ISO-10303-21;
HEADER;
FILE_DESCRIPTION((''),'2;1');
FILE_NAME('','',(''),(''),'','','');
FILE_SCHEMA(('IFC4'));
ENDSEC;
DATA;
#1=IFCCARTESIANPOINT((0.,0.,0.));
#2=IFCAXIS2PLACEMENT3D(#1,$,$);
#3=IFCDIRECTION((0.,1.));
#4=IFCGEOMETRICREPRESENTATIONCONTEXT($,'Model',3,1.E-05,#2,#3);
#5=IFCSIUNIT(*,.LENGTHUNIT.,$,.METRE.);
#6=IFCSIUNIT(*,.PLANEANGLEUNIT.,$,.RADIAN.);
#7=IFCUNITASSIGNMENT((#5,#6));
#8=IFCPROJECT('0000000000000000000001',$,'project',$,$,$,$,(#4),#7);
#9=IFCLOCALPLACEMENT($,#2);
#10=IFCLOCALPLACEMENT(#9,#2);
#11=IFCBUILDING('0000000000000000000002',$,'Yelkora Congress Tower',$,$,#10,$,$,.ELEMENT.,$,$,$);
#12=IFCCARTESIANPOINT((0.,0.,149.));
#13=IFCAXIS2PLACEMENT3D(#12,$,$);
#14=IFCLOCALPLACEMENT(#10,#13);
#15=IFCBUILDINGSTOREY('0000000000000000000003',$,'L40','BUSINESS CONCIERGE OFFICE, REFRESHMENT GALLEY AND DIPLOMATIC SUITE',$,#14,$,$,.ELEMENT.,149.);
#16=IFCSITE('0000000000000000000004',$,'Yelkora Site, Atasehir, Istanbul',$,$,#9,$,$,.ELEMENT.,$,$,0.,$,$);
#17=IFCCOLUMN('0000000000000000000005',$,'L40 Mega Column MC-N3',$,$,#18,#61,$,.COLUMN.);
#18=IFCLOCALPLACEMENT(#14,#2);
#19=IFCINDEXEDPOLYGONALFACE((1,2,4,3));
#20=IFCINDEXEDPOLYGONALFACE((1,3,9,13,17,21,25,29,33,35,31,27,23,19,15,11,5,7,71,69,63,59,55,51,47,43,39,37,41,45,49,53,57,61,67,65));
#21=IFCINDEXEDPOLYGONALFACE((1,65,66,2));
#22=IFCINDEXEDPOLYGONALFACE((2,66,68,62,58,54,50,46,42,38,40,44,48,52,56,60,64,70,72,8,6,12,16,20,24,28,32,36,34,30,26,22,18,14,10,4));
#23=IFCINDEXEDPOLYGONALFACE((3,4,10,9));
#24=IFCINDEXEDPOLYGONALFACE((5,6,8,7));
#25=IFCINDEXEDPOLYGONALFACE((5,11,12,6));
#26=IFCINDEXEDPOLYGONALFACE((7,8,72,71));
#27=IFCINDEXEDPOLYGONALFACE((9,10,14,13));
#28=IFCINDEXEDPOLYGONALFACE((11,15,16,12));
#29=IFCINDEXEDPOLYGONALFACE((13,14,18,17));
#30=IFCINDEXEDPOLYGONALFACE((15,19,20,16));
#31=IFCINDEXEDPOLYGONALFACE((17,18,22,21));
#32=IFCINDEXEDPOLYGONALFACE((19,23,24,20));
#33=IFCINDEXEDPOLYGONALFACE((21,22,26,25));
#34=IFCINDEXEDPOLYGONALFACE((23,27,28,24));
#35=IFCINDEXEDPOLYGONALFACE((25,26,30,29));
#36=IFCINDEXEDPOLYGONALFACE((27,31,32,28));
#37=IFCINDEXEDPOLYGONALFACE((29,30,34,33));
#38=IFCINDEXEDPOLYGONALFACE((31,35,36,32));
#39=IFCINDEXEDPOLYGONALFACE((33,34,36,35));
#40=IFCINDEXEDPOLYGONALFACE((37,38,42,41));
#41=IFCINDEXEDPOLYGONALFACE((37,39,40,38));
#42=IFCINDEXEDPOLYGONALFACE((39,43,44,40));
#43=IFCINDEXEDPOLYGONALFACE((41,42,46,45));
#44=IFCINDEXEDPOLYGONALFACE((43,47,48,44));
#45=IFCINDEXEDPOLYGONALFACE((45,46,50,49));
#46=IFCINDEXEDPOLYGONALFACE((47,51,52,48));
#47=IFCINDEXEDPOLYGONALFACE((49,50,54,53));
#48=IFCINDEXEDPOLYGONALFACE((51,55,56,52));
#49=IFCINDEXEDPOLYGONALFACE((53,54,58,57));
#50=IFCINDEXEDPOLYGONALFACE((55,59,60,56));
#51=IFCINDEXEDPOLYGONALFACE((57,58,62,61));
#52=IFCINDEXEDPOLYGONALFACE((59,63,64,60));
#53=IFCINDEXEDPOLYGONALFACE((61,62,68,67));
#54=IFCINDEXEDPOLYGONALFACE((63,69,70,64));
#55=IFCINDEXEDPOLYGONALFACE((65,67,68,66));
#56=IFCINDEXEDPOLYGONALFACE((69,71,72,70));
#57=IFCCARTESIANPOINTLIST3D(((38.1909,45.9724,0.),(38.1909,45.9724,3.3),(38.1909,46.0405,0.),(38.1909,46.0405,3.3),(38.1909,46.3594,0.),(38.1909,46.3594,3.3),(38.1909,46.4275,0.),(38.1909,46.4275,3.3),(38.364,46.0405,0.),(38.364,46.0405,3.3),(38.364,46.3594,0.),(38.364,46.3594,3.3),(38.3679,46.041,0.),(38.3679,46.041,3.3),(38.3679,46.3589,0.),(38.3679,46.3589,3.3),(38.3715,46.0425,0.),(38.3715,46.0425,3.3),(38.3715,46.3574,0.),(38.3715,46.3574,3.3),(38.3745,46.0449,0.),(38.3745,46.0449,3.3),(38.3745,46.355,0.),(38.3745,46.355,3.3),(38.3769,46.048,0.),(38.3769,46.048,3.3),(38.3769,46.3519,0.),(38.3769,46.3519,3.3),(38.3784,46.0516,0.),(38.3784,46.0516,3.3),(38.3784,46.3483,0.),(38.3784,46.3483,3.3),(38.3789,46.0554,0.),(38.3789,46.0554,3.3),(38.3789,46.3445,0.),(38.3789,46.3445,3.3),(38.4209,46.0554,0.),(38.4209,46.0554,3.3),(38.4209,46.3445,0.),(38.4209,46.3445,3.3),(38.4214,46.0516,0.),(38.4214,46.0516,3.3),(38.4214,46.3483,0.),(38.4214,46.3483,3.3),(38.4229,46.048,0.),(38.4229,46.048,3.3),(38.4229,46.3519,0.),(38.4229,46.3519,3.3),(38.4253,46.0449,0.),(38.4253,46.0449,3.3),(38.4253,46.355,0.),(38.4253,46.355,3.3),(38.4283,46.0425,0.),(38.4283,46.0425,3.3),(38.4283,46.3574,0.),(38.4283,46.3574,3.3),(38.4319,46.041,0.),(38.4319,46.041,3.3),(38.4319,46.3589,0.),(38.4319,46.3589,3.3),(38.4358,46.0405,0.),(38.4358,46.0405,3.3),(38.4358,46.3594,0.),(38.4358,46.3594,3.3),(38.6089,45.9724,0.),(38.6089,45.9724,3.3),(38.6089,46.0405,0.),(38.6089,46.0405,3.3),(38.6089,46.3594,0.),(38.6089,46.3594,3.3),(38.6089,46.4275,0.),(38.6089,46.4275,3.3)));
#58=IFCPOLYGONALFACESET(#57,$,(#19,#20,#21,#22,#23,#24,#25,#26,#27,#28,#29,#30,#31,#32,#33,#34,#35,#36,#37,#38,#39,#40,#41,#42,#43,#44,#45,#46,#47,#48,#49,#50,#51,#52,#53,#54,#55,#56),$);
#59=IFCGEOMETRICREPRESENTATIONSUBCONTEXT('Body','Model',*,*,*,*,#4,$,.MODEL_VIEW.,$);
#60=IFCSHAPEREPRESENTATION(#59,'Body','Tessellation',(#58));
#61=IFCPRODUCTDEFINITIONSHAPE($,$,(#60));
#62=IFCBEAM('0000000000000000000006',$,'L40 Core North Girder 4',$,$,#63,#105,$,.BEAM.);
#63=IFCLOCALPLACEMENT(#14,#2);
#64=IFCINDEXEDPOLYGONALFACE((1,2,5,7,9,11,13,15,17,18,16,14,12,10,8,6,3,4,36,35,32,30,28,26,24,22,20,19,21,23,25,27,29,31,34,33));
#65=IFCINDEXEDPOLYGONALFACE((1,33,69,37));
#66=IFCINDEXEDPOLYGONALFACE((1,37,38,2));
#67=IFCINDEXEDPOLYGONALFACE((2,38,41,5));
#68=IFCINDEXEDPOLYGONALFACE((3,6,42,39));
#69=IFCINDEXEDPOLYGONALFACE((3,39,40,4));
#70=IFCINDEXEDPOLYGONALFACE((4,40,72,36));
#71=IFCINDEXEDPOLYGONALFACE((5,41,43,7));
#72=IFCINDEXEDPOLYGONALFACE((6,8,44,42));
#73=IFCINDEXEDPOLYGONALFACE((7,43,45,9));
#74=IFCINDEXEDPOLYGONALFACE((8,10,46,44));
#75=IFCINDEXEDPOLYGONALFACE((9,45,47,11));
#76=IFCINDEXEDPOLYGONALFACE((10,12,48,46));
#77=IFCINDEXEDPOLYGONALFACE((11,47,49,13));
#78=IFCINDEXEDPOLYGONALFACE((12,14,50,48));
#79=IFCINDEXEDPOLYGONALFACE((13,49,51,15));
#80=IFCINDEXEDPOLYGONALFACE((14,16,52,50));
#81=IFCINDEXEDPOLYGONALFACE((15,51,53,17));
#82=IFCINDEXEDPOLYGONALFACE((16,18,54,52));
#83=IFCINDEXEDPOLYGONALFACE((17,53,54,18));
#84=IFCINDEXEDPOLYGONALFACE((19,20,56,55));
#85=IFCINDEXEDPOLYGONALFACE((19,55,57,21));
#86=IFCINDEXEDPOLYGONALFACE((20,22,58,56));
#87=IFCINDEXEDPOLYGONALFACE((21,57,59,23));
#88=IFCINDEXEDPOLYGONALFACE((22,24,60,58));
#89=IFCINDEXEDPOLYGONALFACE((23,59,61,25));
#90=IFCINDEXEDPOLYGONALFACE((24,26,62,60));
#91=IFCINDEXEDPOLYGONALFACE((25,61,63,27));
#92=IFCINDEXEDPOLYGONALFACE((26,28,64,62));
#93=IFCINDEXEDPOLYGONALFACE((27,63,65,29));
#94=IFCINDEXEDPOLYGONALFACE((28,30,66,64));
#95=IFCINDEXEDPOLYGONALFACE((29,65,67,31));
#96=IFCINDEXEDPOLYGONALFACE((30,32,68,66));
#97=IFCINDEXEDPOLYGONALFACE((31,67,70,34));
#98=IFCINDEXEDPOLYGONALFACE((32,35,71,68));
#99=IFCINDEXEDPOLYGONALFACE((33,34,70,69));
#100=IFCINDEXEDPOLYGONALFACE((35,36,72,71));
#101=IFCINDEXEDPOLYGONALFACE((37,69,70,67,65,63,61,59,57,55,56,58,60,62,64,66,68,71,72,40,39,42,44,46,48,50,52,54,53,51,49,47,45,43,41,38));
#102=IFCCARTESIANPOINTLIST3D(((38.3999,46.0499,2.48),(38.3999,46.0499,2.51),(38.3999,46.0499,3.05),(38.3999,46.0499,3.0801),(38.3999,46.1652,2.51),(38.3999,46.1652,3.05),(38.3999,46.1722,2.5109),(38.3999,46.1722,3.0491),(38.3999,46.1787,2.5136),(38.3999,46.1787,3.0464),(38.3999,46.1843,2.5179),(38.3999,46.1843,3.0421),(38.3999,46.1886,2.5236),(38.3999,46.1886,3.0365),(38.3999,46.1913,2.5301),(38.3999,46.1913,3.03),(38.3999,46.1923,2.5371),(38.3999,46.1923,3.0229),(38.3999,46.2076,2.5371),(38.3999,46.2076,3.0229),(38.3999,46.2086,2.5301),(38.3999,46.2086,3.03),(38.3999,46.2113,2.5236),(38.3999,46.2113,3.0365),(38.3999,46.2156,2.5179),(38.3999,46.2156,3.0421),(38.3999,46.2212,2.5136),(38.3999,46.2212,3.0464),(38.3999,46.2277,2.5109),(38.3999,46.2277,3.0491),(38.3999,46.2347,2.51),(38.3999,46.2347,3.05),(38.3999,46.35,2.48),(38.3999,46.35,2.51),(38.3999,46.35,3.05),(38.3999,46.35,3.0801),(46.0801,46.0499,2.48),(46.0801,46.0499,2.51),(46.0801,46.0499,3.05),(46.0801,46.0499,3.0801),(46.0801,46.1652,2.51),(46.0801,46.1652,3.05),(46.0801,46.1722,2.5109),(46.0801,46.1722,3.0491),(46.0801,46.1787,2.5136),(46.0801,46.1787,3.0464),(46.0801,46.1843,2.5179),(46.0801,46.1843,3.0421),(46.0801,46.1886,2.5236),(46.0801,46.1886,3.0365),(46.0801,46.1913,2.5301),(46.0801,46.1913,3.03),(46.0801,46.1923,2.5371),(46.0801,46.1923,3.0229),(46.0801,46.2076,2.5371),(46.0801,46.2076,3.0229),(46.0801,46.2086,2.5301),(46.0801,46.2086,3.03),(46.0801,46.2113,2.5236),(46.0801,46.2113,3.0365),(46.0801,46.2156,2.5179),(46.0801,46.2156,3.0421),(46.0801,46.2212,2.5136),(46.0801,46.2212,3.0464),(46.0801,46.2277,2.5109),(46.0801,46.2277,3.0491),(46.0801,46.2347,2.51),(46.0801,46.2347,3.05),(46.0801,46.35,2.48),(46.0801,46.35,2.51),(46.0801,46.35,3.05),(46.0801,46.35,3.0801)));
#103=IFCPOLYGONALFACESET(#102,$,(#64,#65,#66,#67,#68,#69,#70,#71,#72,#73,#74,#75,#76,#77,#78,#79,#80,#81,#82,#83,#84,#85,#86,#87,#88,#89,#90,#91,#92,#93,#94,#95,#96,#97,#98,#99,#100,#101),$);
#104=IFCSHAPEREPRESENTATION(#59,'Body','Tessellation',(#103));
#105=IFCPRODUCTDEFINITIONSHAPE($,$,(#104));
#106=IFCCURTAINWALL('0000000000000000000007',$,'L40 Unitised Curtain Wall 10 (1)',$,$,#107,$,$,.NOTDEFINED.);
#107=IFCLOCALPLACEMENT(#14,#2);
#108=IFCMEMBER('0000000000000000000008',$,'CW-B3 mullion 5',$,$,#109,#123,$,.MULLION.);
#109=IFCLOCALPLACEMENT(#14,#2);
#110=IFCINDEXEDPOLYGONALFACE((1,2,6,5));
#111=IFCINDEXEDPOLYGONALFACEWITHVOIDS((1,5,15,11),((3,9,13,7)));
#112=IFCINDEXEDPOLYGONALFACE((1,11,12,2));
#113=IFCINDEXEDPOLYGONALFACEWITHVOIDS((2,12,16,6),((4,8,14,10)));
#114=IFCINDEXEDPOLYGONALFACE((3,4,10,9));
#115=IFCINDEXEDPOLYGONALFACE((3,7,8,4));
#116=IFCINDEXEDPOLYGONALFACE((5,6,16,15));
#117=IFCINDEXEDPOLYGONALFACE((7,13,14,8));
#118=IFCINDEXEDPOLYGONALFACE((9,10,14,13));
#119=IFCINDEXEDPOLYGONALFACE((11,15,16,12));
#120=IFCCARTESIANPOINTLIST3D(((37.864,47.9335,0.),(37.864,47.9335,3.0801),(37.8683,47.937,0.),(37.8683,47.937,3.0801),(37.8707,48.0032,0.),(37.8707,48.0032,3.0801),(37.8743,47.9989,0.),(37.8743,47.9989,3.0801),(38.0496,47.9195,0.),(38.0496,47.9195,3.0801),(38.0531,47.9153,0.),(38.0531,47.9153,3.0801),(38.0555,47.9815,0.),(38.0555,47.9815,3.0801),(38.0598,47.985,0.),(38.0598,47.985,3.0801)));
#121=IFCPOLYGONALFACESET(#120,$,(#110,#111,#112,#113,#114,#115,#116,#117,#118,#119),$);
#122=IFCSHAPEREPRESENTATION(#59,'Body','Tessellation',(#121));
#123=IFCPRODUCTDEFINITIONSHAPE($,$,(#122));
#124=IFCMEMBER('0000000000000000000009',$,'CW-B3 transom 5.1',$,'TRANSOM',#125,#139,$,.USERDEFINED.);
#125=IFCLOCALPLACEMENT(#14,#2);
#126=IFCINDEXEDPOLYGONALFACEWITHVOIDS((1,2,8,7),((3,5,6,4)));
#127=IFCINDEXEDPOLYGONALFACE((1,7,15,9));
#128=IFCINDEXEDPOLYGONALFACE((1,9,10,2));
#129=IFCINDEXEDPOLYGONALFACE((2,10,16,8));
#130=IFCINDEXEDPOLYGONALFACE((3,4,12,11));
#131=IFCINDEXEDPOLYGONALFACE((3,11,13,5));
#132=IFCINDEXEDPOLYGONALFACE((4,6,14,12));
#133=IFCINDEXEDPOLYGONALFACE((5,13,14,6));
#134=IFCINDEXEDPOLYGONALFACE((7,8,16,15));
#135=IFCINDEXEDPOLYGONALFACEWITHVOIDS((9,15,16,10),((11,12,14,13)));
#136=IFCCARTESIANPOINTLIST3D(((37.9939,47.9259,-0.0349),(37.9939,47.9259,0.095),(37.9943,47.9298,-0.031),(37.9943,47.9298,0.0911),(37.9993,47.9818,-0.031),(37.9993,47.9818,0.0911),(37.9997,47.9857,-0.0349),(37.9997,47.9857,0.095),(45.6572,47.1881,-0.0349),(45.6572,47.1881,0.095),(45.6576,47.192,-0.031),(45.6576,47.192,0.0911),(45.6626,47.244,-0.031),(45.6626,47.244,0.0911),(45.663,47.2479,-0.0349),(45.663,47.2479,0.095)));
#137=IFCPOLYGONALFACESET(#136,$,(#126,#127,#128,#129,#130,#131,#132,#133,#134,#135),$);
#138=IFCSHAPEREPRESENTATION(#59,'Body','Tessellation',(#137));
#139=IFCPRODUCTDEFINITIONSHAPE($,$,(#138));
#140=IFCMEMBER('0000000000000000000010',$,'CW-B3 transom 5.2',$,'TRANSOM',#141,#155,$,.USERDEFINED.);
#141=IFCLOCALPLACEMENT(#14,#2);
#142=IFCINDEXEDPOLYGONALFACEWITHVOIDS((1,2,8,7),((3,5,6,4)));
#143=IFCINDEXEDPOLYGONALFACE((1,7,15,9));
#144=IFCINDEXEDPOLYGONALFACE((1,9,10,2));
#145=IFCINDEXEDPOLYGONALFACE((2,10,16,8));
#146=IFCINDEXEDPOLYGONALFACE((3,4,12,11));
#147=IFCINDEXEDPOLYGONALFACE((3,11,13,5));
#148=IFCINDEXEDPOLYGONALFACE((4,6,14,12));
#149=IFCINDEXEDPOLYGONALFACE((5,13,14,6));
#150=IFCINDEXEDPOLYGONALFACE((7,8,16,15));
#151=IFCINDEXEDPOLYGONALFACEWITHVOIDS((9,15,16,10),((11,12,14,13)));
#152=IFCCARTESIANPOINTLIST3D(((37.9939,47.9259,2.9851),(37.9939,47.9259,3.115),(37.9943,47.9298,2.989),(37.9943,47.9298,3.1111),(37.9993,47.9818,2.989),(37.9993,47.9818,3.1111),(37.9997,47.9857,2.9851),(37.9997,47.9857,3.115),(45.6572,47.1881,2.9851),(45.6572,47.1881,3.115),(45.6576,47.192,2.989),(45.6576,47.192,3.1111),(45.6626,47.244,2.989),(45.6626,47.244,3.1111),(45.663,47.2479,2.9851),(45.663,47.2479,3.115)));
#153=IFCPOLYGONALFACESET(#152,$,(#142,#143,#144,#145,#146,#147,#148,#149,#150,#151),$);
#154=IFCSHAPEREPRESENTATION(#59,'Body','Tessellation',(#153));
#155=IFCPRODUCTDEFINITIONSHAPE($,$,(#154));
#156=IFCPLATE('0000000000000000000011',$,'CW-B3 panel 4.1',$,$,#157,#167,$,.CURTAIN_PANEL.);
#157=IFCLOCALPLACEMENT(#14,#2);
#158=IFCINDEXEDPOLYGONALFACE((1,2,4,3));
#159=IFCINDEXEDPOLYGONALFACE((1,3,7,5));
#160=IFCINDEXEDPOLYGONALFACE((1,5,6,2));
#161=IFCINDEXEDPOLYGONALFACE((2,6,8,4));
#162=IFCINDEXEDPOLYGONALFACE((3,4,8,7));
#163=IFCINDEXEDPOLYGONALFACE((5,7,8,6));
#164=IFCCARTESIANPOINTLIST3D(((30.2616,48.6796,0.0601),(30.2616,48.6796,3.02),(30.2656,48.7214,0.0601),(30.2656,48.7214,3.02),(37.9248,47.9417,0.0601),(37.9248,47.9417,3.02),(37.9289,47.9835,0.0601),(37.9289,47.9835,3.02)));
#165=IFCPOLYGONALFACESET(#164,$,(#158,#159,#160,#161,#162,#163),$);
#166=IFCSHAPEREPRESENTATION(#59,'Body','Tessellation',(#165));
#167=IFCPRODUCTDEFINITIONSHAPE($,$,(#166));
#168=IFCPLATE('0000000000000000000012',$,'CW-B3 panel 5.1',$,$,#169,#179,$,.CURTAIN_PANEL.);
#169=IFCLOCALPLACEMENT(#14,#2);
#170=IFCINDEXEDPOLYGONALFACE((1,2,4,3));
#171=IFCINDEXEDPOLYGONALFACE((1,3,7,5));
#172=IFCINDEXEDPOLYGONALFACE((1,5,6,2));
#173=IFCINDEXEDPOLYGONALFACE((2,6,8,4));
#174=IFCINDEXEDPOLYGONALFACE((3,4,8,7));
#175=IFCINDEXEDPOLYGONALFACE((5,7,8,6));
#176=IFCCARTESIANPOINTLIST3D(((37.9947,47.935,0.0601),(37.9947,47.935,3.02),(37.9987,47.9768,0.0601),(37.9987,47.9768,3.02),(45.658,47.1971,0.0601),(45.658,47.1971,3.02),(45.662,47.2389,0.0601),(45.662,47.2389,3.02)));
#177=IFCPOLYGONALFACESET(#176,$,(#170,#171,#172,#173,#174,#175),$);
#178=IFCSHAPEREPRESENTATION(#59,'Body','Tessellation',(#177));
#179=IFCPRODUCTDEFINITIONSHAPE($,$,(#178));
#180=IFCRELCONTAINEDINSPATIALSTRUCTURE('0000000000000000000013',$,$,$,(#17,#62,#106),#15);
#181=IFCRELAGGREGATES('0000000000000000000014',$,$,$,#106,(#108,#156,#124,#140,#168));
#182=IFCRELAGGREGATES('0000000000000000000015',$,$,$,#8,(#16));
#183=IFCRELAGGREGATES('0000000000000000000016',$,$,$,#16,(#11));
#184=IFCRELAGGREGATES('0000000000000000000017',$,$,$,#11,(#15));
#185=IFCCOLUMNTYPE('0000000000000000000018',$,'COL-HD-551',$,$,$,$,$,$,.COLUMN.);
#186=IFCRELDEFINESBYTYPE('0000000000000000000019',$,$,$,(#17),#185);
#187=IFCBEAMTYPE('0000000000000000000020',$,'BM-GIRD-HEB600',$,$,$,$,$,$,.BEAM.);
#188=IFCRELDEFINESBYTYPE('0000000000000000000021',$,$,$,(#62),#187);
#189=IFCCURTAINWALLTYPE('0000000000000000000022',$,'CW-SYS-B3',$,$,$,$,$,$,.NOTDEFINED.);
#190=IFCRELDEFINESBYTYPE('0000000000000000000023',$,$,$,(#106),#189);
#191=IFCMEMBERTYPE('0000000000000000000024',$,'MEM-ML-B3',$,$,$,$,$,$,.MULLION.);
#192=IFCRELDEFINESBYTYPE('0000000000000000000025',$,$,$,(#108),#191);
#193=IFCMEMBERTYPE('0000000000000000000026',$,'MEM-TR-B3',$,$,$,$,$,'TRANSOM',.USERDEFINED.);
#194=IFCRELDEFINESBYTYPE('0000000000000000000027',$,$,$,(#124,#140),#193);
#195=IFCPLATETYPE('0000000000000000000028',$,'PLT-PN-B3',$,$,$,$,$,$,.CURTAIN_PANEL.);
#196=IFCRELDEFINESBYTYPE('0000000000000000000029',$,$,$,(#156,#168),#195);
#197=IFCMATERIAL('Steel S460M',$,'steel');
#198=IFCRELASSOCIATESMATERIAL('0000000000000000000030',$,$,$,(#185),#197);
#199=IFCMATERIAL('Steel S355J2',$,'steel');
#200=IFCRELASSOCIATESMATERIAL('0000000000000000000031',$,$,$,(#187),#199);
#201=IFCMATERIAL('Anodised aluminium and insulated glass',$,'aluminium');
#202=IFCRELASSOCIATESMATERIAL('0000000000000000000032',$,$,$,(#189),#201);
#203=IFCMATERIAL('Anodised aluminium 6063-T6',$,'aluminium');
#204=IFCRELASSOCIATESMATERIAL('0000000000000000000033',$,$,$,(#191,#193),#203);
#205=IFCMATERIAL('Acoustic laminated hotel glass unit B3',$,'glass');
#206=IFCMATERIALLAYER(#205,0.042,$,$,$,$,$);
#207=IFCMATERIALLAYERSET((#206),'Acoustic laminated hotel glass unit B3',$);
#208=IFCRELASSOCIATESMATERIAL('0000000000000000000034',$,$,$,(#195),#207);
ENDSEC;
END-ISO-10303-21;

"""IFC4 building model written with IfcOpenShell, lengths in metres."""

from ifc_helpers import new_model, si_unit, direction, frame, origin, origin_2d, place, context, subcontext, project, spatial, rectangle, hollow_rectangle, i_section, extrude, material, layer, layer_set, material_profile, profile_set, type_object, element, aggregate, save


model = new_model("IFC4")

# Units and contexts
model_context = context("Model", 3, precision=1e-05, world=origin(), true_north=direction((0.0, 1.0)))
body_context = subcontext(model_context, "Body", "Model", "MODEL_VIEW")
ifc_project = project(units=[si_unit("LENGTHUNIT", "METRE"), si_unit("PLANEANGLEUNIT", "RADIAN")], contexts=[model_context])

# Site, building, storey
site_placement = place(None, origin())
site = spatial("IfcSite", under=ifc_project, at=site_placement, Name="Yelkora Site, Atasehir, Istanbul", CompositionType="ELEMENT", RefElevation=0.0)
building_placement = place(site_placement, origin())
building = spatial("IfcBuilding", under=site, at=building_placement, Name="Yelkora Congress Tower", CompositionType="ELEMENT")
storey_placement = place(building_placement, frame((0.0, 0.0, 149.0)))
storey = spatial("IfcBuildingStorey", under=building, at=storey_placement, Name="L40", Description="BUSINESS CONCIERGE OFFICE, REFRESHMENT GALLEY AND DIPLOMATIC SUITE", CompositionType="ELEMENT", Elevation=149.0)

# Column
ifc_material_1 = material(Name="Steel S460M", Category="steel")
ifc_material_profile_1 = material_profile(ifc_material_1, i_section(OverallWidth=0.418, OverallDepth=0.4551, WebThickness=0.042, FlangeThickness=0.0681, FilletRadius=0.0149, at=origin_2d()), Name="HD 400x551")
ifc_profile_set_1 = profile_set([ifc_material_profile_1], Name="Steel S460M")
column_type = type_object("IfcColumnType", Name="COL-HD-551", PredefinedType="COLUMN", material=ifc_profile_set_1)
column_placement = place(storey_placement, frame((38.3999, 46.2, 0.0), z_axis=(0.0, 0.0, 1.0), x_axis=(1.0, 0.0, 0.0)))
element("IfcColumn", 1, at=column_placement, inside=storey, type_object=column_type, Name="L40 Mega Column MC-N3", PredefinedType="COLUMN", context=body_context, shape_type="SweptSolid", body=[
    extrude(i_section(OverallWidth=0.418, OverallDepth=0.4551, WebThickness=0.042, FlangeThickness=0.0681, FilletRadius=0.0149, at=origin_2d()), origin(), (0.0, 0.0, 1.0), 3.3),
])

# Beam
ifc_material_2 = material(Name="Steel S355J2", Category="steel")
ifc_material_profile_2 = material_profile(ifc_material_2, i_section(OverallWidth=0.3, OverallDepth=0.6001, WebThickness=0.0154, FlangeThickness=0.03, FilletRadius=0.0271, at=origin_2d()), Name="HEB 600")
ifc_profile_set_2 = profile_set([ifc_material_profile_2], Name="Steel S355J2")
beam_type = type_object("IfcBeamType", Name="BM-GIRD-HEB600", PredefinedType="BEAM", material=ifc_profile_set_2)
beam_placement = place(storey_placement, frame((38.3999, 46.2, 2.78), z_axis=(1.0, 0.0, 0.0), x_axis=(0.0, 1.0, 0.0)))
element("IfcBeam", 2, at=beam_placement, inside=storey, type_object=beam_type, Name="L40 Core North Girder 4", PredefinedType="BEAM", context=body_context, shape_type="SweptSolid", body=[
    extrude(i_section(OverallWidth=0.3, OverallDepth=0.6001, WebThickness=0.0154, FlangeThickness=0.03, FilletRadius=0.0271, at=origin_2d()), origin(), (0.0, 0.0, 1.0), 7.6802),
])

# Curtain wall, members, plates
ifc_material_3 = material(Name="Anodised aluminium and insulated glass", Category="aluminium")
curtain_wall_type = type_object("IfcCurtainWallType", Name="CW-SYS-B3", PredefinedType="NOTDEFINED", material=ifc_material_3)
curtain_wall_placement = place(storey_placement, origin())
curtain_wall = element("IfcCurtainWall", 3, at=curtain_wall_placement, inside=storey, type_object=curtain_wall_type, Name="L40 Unitised Curtain Wall 10 (1)", PredefinedType="NOTDEFINED")
ifc_material_4 = material(Name="Anodised aluminium 6063-T6", Category="aluminium")
ifc_material_profile_3 = material_profile(ifc_material_4, hollow_rectangle(XDim=0.0701, YDim=0.1899, WallThickness=0.0039, at=origin_2d()), Name="ALU 70x190x4")
ifc_profile_set_3 = profile_set([ifc_material_profile_3], Name="Anodised aluminium 6063-T6")
member_type_1 = type_object("IfcMemberType", Name="MEM-ML-B3", PredefinedType="MULLION", material=ifc_profile_set_3)
member_1_placement = place(storey_placement, frame((37.9619, 47.9592, 0.0), z_axis=(0.0, 0.0, 1.0), x_axis=(0.095845, 0.995396, 0.0)))
member_1 = element("IfcMember", 4, at=member_1_placement, type_object=member_type_1, Name="CW-B3 mullion 5", PredefinedType="MULLION", context=body_context, shape_type="SweptSolid", body=[
    extrude(hollow_rectangle(XDim=0.0701, YDim=0.1899, WallThickness=0.0039, at=origin_2d()), origin(), (0.0, 0.0, 1.0), 3.0801),
])
ifc_material_profile_4 = material_profile(ifc_material_4, hollow_rectangle(XDim=0.0601, YDim=0.1299, WallThickness=0.0039, at=origin_2d()), Name="ALU 60x130x4")
ifc_profile_set_4 = profile_set([ifc_material_profile_4], Name="Anodised aluminium 6063-T6")
member_type_2 = type_object("IfcMemberType", Name="MEM-TR-B3", ElementType="TRANSOM", PredefinedType="USERDEFINED", material=ifc_profile_set_4)
member_2_placement = place(storey_placement, frame((37.9968, 47.9558, 0.03), z_axis=(0.995397, -0.095833, 0.0), x_axis=(0.095833, 0.995397, 0.0)))
member_2 = element("IfcMember", 5, at=member_2_placement, type_object=member_type_2, Name="CW-B3 transom 5.1", ObjectType="TRANSOM", PredefinedType="USERDEFINED", context=body_context, shape_type="SweptSolid", body=[
    extrude(hollow_rectangle(XDim=0.0601, YDim=0.1299, WallThickness=0.0039, at=origin_2d()), origin(), (0.0, 0.0, 1.0), 7.6987),
])
member_3_placement = place(storey_placement, frame((37.9968, 47.9558, 3.05), z_axis=(0.995397, -0.095833, 0.0), x_axis=(0.095833, 0.995397, 0.0)))
member_3 = element("IfcMember", 6, at=member_3_placement, type_object=member_type_2, Name="CW-B3 transom 5.2", ObjectType="TRANSOM", PredefinedType="USERDEFINED", context=body_context, shape_type="SweptSolid", body=[
    extrude(hollow_rectangle(XDim=0.0601, YDim=0.1299, WallThickness=0.0039, at=origin_2d()), origin(), (0.0, 0.0, 1.0), 7.6987),
])
ifc_material_5 = material(Name="Acoustic laminated hotel glass unit B3", Category="glass")
ifc_layer_1 = layer(ifc_material_5, 0.042)
ifc_layer_set_1 = layer_set([ifc_layer_1], Name="Acoustic laminated hotel glass unit B3")
plate_type = type_object("IfcPlateType", Name="PLT-PN-B3", PredefinedType="CURTAIN_PANEL", material=ifc_layer_set_1)
plate_1_placement = place(storey_placement, frame((34.0952, 48.3315, 0.0601), z_axis=(0.0, 0.0, 1.0), x_axis=(0.995396, -0.095845, 0.0)))
plate_1 = element("IfcPlate", 7, at=plate_1_placement, type_object=plate_type, Name="CW-B3 panel 4.1", PredefinedType="CURTAIN_PANEL", context=body_context, shape_type="SweptSolid", body=[
    extrude(rectangle(XDim=7.6987, YDim=0.042, at=origin_2d()), origin(), (0.0, 0.0, 1.0), 2.96),
])
plate_2_placement = place(storey_placement, frame((41.8284, 47.5869, 0.0601), z_axis=(0.0, 0.0, 1.0), x_axis=(0.995396, -0.095845, 0.0)))
plate_2 = element("IfcPlate", 8, at=plate_2_placement, type_object=plate_type, Name="CW-B3 panel 5.1", PredefinedType="CURTAIN_PANEL", context=body_context, shape_type="SweptSolid", body=[
    extrude(rectangle(XDim=7.6987, YDim=0.042, at=origin_2d()), origin(), (0.0, 0.0, 1.0), 2.96),
])
aggregate(curtain_wall, [member_1, plate_1, member_2, member_3, plate_2])

save(model, "model.ifc")
